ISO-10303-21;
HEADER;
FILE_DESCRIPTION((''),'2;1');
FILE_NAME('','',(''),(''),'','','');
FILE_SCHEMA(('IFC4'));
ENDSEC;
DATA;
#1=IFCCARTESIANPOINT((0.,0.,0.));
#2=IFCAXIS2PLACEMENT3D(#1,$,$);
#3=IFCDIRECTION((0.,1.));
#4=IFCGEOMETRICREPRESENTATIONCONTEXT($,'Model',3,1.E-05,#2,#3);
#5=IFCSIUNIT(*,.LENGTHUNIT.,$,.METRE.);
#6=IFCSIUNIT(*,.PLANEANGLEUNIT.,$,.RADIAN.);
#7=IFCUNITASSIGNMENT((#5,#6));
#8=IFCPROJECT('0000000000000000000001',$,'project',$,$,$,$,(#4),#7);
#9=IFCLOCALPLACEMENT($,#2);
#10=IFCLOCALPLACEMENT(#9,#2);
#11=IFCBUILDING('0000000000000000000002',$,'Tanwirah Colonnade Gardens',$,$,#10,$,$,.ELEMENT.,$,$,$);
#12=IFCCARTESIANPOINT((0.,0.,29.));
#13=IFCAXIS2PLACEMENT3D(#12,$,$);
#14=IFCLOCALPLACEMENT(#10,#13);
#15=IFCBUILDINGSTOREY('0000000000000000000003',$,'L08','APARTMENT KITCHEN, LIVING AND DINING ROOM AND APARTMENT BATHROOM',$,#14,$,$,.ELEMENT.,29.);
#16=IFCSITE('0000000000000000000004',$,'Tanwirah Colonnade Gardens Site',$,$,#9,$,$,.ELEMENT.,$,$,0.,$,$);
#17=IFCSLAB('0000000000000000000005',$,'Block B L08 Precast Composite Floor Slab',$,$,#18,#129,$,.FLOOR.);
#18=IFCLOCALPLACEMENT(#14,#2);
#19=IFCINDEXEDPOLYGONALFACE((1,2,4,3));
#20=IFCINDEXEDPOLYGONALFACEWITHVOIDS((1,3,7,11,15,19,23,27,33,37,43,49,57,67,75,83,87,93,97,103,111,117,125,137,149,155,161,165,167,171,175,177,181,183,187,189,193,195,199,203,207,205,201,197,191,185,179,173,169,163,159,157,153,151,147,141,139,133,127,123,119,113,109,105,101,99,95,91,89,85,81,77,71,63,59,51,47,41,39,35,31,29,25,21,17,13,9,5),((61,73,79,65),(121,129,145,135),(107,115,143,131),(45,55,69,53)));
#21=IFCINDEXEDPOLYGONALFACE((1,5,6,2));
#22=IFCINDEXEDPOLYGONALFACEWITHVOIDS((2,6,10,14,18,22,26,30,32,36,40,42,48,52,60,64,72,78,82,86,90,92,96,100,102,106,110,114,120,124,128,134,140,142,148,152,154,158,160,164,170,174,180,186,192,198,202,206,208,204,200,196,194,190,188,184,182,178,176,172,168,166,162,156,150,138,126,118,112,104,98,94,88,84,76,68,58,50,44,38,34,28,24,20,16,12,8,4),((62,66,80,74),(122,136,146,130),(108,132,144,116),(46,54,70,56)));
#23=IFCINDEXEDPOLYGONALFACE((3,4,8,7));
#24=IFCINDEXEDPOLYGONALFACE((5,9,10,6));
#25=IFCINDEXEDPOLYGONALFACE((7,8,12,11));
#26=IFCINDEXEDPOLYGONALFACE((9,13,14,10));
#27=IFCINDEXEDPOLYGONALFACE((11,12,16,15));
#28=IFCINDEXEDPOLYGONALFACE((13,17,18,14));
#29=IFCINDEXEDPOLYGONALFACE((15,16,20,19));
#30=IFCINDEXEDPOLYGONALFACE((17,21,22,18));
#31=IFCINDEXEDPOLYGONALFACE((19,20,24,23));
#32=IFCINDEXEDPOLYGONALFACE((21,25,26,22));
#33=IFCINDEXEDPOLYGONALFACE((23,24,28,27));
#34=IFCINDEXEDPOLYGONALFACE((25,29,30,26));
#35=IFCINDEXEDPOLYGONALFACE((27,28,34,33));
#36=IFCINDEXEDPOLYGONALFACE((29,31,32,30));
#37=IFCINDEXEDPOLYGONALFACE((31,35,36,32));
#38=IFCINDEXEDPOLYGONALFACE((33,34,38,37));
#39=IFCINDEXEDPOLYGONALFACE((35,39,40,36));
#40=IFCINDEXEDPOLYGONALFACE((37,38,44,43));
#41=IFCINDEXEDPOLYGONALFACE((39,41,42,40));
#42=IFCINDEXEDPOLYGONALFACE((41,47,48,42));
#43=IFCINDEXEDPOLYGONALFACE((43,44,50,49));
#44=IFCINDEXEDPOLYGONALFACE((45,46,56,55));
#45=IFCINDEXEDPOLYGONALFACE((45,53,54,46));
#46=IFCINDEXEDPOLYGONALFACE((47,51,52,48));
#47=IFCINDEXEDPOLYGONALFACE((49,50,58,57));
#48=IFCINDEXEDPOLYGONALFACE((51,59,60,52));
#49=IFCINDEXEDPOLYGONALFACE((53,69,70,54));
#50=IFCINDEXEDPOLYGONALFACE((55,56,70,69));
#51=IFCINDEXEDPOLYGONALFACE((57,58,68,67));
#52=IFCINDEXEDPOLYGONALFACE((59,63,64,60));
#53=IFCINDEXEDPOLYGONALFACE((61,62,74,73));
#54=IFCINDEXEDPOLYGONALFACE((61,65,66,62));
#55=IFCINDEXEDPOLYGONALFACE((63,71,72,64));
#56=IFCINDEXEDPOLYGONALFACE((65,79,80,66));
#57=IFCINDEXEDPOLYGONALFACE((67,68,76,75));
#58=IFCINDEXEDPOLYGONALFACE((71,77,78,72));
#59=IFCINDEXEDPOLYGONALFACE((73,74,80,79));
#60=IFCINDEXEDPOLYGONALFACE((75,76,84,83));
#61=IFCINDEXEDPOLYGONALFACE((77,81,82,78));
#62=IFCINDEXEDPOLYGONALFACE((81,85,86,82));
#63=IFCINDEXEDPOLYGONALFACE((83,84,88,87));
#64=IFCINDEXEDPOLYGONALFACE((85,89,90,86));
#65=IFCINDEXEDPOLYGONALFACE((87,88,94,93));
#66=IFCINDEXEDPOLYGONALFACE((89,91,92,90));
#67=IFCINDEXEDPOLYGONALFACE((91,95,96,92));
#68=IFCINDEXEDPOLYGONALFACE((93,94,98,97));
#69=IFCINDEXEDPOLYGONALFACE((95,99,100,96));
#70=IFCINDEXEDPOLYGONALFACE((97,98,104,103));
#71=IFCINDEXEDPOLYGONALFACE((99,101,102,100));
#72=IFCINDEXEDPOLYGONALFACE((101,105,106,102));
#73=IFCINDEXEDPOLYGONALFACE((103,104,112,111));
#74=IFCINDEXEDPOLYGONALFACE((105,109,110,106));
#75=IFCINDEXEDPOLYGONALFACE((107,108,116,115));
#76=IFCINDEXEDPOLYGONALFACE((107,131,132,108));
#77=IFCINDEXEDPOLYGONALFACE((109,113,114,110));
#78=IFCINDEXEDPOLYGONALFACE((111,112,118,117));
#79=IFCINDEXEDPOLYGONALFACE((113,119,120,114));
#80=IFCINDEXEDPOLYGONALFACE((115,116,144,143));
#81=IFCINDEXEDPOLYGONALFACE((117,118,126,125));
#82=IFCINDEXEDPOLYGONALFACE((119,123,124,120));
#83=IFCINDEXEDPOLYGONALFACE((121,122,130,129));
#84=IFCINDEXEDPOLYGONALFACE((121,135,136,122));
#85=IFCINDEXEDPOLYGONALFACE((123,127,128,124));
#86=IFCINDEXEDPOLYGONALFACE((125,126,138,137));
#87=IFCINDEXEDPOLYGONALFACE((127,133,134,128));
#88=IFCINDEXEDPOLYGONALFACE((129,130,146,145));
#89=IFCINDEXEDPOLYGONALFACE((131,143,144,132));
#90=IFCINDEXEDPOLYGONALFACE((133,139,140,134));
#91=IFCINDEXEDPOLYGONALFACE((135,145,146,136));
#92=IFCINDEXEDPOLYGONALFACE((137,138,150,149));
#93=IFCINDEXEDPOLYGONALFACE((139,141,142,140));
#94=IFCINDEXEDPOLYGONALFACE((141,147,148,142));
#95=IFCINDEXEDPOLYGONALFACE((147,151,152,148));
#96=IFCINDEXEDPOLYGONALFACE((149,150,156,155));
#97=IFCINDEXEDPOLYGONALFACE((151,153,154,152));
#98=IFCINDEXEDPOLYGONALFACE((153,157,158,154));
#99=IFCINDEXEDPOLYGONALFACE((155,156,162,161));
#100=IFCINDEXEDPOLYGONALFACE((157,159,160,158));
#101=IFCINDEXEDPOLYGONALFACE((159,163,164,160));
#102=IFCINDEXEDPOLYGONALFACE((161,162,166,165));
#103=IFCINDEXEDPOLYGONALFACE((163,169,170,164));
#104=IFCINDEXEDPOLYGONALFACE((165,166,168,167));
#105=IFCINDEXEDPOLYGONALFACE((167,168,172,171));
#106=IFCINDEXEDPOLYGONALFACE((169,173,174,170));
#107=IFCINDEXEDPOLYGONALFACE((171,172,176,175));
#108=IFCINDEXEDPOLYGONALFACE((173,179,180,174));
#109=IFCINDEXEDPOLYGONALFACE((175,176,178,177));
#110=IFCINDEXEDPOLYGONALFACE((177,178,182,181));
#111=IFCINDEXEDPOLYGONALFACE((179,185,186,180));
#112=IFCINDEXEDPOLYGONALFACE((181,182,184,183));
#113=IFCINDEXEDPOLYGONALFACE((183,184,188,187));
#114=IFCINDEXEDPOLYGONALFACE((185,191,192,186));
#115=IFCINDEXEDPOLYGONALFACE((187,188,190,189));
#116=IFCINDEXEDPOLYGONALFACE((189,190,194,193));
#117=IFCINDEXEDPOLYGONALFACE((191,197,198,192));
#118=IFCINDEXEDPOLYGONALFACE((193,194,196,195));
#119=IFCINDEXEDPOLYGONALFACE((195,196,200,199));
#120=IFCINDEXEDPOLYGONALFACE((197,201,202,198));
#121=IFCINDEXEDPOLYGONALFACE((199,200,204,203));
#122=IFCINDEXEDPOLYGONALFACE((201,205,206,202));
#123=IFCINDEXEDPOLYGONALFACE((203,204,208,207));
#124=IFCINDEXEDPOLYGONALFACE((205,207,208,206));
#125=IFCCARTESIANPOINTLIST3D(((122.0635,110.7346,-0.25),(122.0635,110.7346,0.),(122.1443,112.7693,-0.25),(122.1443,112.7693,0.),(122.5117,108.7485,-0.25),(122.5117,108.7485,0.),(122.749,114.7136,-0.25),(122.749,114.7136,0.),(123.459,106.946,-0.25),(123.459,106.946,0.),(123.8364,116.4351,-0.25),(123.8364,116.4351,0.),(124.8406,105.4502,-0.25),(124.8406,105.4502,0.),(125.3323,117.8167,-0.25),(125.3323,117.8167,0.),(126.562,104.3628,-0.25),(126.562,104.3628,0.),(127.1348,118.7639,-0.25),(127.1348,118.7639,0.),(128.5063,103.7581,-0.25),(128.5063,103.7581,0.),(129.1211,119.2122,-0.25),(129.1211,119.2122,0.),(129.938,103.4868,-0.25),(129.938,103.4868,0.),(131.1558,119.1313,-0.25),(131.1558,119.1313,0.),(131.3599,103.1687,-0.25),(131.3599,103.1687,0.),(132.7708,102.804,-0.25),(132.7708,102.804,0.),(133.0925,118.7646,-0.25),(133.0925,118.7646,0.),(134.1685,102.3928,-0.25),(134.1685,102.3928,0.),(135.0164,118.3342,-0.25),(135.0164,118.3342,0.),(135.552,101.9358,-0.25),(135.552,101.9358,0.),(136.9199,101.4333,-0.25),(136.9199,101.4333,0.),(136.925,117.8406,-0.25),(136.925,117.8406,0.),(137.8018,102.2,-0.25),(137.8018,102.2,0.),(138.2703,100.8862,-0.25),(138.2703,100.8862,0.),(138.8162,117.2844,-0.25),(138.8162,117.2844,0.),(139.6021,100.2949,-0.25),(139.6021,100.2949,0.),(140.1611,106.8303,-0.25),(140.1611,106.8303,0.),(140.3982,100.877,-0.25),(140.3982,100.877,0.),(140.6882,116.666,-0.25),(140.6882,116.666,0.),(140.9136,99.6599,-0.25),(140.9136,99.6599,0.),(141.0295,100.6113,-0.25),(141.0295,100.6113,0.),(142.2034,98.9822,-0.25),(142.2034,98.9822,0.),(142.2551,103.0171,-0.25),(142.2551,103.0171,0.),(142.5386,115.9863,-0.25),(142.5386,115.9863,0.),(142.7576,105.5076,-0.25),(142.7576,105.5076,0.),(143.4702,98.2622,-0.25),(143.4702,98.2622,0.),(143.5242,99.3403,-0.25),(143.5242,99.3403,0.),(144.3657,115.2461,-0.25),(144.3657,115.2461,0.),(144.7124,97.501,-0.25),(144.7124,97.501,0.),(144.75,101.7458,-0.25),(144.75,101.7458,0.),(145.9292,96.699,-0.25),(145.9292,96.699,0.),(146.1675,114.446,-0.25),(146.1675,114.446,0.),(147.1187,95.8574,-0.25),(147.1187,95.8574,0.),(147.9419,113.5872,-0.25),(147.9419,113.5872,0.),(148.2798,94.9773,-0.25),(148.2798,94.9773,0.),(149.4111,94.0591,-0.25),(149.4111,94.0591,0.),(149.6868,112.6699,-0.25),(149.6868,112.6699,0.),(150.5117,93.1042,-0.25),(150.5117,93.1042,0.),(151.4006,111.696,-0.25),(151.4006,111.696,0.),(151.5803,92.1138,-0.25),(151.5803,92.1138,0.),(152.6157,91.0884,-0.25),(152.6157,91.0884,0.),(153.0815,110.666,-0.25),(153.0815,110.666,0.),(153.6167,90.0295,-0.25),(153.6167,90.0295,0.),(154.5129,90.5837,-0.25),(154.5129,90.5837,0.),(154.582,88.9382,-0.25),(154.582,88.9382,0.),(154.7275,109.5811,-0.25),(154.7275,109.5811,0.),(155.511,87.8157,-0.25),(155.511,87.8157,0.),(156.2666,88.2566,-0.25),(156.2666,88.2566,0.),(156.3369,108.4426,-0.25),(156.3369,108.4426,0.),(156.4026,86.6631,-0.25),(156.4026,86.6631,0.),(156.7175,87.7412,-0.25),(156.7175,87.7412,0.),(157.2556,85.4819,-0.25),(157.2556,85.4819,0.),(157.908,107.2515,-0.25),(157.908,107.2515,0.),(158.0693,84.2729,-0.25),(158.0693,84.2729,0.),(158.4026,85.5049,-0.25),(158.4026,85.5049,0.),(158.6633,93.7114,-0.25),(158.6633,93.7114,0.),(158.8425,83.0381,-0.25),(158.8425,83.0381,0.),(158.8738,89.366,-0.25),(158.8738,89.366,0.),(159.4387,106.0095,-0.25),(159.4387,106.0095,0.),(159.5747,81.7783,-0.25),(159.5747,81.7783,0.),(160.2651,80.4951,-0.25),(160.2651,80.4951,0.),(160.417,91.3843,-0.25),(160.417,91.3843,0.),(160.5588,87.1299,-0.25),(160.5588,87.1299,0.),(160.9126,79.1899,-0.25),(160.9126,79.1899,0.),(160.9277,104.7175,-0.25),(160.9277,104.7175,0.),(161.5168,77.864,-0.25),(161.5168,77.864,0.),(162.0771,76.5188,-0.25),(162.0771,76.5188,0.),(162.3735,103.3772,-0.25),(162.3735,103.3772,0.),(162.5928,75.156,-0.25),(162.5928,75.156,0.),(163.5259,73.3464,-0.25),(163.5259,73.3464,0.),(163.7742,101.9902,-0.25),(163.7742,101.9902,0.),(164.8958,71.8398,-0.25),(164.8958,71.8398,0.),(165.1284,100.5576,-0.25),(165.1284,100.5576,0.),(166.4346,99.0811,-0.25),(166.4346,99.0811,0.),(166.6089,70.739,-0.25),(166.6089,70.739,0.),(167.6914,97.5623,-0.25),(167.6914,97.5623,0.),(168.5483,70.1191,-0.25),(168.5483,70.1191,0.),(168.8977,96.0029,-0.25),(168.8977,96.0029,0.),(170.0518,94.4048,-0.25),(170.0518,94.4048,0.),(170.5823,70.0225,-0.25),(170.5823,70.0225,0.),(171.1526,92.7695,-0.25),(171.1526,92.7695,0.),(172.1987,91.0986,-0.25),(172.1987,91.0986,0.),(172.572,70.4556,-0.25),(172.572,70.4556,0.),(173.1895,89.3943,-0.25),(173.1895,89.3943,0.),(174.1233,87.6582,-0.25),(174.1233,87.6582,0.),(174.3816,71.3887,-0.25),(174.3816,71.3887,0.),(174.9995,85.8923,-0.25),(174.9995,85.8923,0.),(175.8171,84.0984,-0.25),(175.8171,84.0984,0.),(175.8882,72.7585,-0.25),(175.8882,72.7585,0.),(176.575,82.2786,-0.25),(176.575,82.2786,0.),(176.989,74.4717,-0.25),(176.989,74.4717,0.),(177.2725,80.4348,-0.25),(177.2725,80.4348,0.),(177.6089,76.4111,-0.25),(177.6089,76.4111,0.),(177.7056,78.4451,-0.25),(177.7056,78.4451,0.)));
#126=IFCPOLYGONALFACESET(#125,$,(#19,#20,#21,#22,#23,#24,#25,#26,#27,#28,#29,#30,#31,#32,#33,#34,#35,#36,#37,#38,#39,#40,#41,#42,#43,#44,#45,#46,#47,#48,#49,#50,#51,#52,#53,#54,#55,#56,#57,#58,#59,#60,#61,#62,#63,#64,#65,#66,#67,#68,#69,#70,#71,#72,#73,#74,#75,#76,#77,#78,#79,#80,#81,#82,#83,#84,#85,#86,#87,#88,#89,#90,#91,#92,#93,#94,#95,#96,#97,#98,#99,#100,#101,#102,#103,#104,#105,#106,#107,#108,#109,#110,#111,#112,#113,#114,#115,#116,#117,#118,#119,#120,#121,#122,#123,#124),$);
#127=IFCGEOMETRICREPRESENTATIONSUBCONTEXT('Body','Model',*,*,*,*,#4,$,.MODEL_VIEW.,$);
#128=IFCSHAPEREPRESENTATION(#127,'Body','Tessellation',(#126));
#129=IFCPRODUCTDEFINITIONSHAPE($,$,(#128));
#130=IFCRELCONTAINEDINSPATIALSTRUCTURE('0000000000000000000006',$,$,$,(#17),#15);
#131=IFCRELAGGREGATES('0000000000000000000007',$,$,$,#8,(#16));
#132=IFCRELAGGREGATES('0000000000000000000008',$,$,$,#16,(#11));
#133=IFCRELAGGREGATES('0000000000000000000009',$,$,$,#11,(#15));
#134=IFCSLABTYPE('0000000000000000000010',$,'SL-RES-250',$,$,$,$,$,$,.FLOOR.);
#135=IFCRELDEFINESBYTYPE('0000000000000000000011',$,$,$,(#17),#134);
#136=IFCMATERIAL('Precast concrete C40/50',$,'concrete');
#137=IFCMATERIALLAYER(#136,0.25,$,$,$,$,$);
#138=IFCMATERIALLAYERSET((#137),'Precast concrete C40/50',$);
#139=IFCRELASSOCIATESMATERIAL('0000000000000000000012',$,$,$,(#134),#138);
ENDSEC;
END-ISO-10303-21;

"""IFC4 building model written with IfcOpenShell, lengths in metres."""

from ifc_helpers import new_model, si_unit, direction, frame, origin, place, context, subcontext, project, spatial, polyline, outline, extrude, material, layer, layer_set, type_object, element, save


model = new_model("IFC4")

# Units and contexts
model_context = context("Model", 3, precision=1e-05, world=origin(), true_north=direction((0.0, 1.0)))
body_context = subcontext(model_context, "Body", "Model", "MODEL_VIEW")
ifc_project = project(units=[si_unit("LENGTHUNIT", "METRE"), si_unit("PLANEANGLEUNIT", "RADIAN")], contexts=[model_context])

# Site, building, storey
site_placement = place(None, origin())
site = spatial("IfcSite", under=ifc_project, at=site_placement, Name="Tanwirah Colonnade Gardens Site", CompositionType="ELEMENT", RefElevation=0.0)
building_placement = place(site_placement, origin())
building = spatial("IfcBuilding", under=site, at=building_placement, Name="Tanwirah Colonnade Gardens", CompositionType="ELEMENT")
storey_placement = place(building_placement, frame((0.0, 0.0, 29.0)))
storey = spatial("IfcBuildingStorey", under=building, at=storey_placement, Name="L08", Description="APARTMENT KITCHEN, LIVING AND DINING ROOM AND APARTMENT BATHROOM", CompositionType="ELEMENT", Elevation=29.0)

# Shared definitions
ifc_material_1 = material(Name="Precast concrete C40/50", Category="concrete")

# Slab
ifc_layer_1 = layer(ifc_material_1, 0.25)
ifc_layer_set_1 = layer_set([ifc_layer_1], Name="Precast concrete C40/50")
slab_type_1 = type_object("IfcSlabType", Name="SL-RES-250", PredefinedType="FLOOR", material=ifc_layer_set_1)
slab_1_placement = place(storey_placement, frame((0.0, 0.0, -0.25)))
element("IfcSlab", 1, at=slab_1_placement, inside=storey, type_object=slab_type_1, Name="Block B L08 Precast Composite Floor Slab", PredefinedType="FLOOR", context=body_context, shape_type="SweptSolid", body=[
    extrude(outline(polyline([(161.5168, 77.864), (162.0771, 76.5188), (162.5928, 75.156), (163.5259, 73.3464), (164.8958, 71.8398), (166.6089, 70.739), (168.5483, 70.1191), (170.5823, 70.0225), (172.572, 70.4556), (174.3816, 71.3887), (175.8882, 72.7585), (176.989, 74.4717), (177.6089, 76.4111), (177.7056, 78.4451), (177.2725, 80.4348), (176.575, 82.2786), (175.8171, 84.0984), (174.9995, 85.8923), (174.1233, 87.6582), (173.1895, 89.3943), (172.1987, 91.0986), (171.1526, 92.7695), (170.0518, 94.4048), (168.8977, 96.0029), (167.6914, 97.5623), (166.4346, 99.0811), (165.1284, 100.5576), (163.7742, 101.9902), (162.3735, 103.3772), (160.9277, 104.7175), (159.4387, 106.0095), (157.908, 107.2515), (156.3369, 108.4426), (154.7275, 109.5811), (153.0815, 110.666), (151.4006, 111.696), (149.6868, 112.6699), (147.9419, 113.5872), (146.1675, 114.446), (144.3657, 115.2461), (142.5386, 115.9863), (140.6882, 116.666), (138.8162, 117.2844), (136.925, 117.8406), (135.0164, 118.3342), (133.0925, 118.7646), (131.1558, 119.1313), (129.1211, 119.2122), (127.1348, 118.7639), (125.3323, 117.8167), (123.8364, 116.4351), (122.749, 114.7136), (122.1443, 112.7693), (122.0635, 110.7346), (122.5117, 108.7485), (123.459, 106.946), (124.8406, 105.4502), (126.562, 104.3628), (128.5063, 103.7581), (129.938, 103.4868), (131.3599, 103.1687), (132.7708, 102.804), (134.1685, 102.3928), (135.552, 101.9358), (136.9199, 101.4333), (138.2703, 100.8862), (139.6021, 100.2949), (140.9136, 99.6599), (142.2034, 98.9822), (143.4702, 98.2622), (144.7124, 97.501), (145.9292, 96.699), (147.1187, 95.8574), (148.2798, 94.9773), (149.4111, 94.0591), (150.5117, 93.1042), (151.5803, 92.1138), (152.6157, 91.0884), (153.6167, 90.0295), (154.582, 88.9382), (155.511, 87.8157), (156.4026, 86.6631), (157.2556, 85.4819), (158.0693, 84.2729), (158.8425, 83.0381), (159.5747, 81.7783), (160.2651, 80.4951), (160.9126, 79.1899), (161.5168, 77.864)]), holes=[polyline([(160.417, 91.3843), (156.2666, 88.2566), (154.5129, 90.5837), (158.6633, 93.7114), (160.417, 91.3843)]), polyline([(158.4026, 85.5049), (156.7175, 87.7412), (158.8738, 89.366), (160.5588, 87.1299), (158.4026, 85.5049)]), polyline([(137.8018, 102.2), (140.1611, 106.8303), (142.7576, 105.5076), (140.3982, 100.877), (137.8018, 102.2)]), polyline([(142.2551, 103.0171), (144.75, 101.7458), (143.5242, 99.3403), (141.0295, 100.6113), (142.2551, 103.0171)])]), origin(), (0.0, 0.0, 1.0), 0.25),
])

save(model, "model.ifc")
